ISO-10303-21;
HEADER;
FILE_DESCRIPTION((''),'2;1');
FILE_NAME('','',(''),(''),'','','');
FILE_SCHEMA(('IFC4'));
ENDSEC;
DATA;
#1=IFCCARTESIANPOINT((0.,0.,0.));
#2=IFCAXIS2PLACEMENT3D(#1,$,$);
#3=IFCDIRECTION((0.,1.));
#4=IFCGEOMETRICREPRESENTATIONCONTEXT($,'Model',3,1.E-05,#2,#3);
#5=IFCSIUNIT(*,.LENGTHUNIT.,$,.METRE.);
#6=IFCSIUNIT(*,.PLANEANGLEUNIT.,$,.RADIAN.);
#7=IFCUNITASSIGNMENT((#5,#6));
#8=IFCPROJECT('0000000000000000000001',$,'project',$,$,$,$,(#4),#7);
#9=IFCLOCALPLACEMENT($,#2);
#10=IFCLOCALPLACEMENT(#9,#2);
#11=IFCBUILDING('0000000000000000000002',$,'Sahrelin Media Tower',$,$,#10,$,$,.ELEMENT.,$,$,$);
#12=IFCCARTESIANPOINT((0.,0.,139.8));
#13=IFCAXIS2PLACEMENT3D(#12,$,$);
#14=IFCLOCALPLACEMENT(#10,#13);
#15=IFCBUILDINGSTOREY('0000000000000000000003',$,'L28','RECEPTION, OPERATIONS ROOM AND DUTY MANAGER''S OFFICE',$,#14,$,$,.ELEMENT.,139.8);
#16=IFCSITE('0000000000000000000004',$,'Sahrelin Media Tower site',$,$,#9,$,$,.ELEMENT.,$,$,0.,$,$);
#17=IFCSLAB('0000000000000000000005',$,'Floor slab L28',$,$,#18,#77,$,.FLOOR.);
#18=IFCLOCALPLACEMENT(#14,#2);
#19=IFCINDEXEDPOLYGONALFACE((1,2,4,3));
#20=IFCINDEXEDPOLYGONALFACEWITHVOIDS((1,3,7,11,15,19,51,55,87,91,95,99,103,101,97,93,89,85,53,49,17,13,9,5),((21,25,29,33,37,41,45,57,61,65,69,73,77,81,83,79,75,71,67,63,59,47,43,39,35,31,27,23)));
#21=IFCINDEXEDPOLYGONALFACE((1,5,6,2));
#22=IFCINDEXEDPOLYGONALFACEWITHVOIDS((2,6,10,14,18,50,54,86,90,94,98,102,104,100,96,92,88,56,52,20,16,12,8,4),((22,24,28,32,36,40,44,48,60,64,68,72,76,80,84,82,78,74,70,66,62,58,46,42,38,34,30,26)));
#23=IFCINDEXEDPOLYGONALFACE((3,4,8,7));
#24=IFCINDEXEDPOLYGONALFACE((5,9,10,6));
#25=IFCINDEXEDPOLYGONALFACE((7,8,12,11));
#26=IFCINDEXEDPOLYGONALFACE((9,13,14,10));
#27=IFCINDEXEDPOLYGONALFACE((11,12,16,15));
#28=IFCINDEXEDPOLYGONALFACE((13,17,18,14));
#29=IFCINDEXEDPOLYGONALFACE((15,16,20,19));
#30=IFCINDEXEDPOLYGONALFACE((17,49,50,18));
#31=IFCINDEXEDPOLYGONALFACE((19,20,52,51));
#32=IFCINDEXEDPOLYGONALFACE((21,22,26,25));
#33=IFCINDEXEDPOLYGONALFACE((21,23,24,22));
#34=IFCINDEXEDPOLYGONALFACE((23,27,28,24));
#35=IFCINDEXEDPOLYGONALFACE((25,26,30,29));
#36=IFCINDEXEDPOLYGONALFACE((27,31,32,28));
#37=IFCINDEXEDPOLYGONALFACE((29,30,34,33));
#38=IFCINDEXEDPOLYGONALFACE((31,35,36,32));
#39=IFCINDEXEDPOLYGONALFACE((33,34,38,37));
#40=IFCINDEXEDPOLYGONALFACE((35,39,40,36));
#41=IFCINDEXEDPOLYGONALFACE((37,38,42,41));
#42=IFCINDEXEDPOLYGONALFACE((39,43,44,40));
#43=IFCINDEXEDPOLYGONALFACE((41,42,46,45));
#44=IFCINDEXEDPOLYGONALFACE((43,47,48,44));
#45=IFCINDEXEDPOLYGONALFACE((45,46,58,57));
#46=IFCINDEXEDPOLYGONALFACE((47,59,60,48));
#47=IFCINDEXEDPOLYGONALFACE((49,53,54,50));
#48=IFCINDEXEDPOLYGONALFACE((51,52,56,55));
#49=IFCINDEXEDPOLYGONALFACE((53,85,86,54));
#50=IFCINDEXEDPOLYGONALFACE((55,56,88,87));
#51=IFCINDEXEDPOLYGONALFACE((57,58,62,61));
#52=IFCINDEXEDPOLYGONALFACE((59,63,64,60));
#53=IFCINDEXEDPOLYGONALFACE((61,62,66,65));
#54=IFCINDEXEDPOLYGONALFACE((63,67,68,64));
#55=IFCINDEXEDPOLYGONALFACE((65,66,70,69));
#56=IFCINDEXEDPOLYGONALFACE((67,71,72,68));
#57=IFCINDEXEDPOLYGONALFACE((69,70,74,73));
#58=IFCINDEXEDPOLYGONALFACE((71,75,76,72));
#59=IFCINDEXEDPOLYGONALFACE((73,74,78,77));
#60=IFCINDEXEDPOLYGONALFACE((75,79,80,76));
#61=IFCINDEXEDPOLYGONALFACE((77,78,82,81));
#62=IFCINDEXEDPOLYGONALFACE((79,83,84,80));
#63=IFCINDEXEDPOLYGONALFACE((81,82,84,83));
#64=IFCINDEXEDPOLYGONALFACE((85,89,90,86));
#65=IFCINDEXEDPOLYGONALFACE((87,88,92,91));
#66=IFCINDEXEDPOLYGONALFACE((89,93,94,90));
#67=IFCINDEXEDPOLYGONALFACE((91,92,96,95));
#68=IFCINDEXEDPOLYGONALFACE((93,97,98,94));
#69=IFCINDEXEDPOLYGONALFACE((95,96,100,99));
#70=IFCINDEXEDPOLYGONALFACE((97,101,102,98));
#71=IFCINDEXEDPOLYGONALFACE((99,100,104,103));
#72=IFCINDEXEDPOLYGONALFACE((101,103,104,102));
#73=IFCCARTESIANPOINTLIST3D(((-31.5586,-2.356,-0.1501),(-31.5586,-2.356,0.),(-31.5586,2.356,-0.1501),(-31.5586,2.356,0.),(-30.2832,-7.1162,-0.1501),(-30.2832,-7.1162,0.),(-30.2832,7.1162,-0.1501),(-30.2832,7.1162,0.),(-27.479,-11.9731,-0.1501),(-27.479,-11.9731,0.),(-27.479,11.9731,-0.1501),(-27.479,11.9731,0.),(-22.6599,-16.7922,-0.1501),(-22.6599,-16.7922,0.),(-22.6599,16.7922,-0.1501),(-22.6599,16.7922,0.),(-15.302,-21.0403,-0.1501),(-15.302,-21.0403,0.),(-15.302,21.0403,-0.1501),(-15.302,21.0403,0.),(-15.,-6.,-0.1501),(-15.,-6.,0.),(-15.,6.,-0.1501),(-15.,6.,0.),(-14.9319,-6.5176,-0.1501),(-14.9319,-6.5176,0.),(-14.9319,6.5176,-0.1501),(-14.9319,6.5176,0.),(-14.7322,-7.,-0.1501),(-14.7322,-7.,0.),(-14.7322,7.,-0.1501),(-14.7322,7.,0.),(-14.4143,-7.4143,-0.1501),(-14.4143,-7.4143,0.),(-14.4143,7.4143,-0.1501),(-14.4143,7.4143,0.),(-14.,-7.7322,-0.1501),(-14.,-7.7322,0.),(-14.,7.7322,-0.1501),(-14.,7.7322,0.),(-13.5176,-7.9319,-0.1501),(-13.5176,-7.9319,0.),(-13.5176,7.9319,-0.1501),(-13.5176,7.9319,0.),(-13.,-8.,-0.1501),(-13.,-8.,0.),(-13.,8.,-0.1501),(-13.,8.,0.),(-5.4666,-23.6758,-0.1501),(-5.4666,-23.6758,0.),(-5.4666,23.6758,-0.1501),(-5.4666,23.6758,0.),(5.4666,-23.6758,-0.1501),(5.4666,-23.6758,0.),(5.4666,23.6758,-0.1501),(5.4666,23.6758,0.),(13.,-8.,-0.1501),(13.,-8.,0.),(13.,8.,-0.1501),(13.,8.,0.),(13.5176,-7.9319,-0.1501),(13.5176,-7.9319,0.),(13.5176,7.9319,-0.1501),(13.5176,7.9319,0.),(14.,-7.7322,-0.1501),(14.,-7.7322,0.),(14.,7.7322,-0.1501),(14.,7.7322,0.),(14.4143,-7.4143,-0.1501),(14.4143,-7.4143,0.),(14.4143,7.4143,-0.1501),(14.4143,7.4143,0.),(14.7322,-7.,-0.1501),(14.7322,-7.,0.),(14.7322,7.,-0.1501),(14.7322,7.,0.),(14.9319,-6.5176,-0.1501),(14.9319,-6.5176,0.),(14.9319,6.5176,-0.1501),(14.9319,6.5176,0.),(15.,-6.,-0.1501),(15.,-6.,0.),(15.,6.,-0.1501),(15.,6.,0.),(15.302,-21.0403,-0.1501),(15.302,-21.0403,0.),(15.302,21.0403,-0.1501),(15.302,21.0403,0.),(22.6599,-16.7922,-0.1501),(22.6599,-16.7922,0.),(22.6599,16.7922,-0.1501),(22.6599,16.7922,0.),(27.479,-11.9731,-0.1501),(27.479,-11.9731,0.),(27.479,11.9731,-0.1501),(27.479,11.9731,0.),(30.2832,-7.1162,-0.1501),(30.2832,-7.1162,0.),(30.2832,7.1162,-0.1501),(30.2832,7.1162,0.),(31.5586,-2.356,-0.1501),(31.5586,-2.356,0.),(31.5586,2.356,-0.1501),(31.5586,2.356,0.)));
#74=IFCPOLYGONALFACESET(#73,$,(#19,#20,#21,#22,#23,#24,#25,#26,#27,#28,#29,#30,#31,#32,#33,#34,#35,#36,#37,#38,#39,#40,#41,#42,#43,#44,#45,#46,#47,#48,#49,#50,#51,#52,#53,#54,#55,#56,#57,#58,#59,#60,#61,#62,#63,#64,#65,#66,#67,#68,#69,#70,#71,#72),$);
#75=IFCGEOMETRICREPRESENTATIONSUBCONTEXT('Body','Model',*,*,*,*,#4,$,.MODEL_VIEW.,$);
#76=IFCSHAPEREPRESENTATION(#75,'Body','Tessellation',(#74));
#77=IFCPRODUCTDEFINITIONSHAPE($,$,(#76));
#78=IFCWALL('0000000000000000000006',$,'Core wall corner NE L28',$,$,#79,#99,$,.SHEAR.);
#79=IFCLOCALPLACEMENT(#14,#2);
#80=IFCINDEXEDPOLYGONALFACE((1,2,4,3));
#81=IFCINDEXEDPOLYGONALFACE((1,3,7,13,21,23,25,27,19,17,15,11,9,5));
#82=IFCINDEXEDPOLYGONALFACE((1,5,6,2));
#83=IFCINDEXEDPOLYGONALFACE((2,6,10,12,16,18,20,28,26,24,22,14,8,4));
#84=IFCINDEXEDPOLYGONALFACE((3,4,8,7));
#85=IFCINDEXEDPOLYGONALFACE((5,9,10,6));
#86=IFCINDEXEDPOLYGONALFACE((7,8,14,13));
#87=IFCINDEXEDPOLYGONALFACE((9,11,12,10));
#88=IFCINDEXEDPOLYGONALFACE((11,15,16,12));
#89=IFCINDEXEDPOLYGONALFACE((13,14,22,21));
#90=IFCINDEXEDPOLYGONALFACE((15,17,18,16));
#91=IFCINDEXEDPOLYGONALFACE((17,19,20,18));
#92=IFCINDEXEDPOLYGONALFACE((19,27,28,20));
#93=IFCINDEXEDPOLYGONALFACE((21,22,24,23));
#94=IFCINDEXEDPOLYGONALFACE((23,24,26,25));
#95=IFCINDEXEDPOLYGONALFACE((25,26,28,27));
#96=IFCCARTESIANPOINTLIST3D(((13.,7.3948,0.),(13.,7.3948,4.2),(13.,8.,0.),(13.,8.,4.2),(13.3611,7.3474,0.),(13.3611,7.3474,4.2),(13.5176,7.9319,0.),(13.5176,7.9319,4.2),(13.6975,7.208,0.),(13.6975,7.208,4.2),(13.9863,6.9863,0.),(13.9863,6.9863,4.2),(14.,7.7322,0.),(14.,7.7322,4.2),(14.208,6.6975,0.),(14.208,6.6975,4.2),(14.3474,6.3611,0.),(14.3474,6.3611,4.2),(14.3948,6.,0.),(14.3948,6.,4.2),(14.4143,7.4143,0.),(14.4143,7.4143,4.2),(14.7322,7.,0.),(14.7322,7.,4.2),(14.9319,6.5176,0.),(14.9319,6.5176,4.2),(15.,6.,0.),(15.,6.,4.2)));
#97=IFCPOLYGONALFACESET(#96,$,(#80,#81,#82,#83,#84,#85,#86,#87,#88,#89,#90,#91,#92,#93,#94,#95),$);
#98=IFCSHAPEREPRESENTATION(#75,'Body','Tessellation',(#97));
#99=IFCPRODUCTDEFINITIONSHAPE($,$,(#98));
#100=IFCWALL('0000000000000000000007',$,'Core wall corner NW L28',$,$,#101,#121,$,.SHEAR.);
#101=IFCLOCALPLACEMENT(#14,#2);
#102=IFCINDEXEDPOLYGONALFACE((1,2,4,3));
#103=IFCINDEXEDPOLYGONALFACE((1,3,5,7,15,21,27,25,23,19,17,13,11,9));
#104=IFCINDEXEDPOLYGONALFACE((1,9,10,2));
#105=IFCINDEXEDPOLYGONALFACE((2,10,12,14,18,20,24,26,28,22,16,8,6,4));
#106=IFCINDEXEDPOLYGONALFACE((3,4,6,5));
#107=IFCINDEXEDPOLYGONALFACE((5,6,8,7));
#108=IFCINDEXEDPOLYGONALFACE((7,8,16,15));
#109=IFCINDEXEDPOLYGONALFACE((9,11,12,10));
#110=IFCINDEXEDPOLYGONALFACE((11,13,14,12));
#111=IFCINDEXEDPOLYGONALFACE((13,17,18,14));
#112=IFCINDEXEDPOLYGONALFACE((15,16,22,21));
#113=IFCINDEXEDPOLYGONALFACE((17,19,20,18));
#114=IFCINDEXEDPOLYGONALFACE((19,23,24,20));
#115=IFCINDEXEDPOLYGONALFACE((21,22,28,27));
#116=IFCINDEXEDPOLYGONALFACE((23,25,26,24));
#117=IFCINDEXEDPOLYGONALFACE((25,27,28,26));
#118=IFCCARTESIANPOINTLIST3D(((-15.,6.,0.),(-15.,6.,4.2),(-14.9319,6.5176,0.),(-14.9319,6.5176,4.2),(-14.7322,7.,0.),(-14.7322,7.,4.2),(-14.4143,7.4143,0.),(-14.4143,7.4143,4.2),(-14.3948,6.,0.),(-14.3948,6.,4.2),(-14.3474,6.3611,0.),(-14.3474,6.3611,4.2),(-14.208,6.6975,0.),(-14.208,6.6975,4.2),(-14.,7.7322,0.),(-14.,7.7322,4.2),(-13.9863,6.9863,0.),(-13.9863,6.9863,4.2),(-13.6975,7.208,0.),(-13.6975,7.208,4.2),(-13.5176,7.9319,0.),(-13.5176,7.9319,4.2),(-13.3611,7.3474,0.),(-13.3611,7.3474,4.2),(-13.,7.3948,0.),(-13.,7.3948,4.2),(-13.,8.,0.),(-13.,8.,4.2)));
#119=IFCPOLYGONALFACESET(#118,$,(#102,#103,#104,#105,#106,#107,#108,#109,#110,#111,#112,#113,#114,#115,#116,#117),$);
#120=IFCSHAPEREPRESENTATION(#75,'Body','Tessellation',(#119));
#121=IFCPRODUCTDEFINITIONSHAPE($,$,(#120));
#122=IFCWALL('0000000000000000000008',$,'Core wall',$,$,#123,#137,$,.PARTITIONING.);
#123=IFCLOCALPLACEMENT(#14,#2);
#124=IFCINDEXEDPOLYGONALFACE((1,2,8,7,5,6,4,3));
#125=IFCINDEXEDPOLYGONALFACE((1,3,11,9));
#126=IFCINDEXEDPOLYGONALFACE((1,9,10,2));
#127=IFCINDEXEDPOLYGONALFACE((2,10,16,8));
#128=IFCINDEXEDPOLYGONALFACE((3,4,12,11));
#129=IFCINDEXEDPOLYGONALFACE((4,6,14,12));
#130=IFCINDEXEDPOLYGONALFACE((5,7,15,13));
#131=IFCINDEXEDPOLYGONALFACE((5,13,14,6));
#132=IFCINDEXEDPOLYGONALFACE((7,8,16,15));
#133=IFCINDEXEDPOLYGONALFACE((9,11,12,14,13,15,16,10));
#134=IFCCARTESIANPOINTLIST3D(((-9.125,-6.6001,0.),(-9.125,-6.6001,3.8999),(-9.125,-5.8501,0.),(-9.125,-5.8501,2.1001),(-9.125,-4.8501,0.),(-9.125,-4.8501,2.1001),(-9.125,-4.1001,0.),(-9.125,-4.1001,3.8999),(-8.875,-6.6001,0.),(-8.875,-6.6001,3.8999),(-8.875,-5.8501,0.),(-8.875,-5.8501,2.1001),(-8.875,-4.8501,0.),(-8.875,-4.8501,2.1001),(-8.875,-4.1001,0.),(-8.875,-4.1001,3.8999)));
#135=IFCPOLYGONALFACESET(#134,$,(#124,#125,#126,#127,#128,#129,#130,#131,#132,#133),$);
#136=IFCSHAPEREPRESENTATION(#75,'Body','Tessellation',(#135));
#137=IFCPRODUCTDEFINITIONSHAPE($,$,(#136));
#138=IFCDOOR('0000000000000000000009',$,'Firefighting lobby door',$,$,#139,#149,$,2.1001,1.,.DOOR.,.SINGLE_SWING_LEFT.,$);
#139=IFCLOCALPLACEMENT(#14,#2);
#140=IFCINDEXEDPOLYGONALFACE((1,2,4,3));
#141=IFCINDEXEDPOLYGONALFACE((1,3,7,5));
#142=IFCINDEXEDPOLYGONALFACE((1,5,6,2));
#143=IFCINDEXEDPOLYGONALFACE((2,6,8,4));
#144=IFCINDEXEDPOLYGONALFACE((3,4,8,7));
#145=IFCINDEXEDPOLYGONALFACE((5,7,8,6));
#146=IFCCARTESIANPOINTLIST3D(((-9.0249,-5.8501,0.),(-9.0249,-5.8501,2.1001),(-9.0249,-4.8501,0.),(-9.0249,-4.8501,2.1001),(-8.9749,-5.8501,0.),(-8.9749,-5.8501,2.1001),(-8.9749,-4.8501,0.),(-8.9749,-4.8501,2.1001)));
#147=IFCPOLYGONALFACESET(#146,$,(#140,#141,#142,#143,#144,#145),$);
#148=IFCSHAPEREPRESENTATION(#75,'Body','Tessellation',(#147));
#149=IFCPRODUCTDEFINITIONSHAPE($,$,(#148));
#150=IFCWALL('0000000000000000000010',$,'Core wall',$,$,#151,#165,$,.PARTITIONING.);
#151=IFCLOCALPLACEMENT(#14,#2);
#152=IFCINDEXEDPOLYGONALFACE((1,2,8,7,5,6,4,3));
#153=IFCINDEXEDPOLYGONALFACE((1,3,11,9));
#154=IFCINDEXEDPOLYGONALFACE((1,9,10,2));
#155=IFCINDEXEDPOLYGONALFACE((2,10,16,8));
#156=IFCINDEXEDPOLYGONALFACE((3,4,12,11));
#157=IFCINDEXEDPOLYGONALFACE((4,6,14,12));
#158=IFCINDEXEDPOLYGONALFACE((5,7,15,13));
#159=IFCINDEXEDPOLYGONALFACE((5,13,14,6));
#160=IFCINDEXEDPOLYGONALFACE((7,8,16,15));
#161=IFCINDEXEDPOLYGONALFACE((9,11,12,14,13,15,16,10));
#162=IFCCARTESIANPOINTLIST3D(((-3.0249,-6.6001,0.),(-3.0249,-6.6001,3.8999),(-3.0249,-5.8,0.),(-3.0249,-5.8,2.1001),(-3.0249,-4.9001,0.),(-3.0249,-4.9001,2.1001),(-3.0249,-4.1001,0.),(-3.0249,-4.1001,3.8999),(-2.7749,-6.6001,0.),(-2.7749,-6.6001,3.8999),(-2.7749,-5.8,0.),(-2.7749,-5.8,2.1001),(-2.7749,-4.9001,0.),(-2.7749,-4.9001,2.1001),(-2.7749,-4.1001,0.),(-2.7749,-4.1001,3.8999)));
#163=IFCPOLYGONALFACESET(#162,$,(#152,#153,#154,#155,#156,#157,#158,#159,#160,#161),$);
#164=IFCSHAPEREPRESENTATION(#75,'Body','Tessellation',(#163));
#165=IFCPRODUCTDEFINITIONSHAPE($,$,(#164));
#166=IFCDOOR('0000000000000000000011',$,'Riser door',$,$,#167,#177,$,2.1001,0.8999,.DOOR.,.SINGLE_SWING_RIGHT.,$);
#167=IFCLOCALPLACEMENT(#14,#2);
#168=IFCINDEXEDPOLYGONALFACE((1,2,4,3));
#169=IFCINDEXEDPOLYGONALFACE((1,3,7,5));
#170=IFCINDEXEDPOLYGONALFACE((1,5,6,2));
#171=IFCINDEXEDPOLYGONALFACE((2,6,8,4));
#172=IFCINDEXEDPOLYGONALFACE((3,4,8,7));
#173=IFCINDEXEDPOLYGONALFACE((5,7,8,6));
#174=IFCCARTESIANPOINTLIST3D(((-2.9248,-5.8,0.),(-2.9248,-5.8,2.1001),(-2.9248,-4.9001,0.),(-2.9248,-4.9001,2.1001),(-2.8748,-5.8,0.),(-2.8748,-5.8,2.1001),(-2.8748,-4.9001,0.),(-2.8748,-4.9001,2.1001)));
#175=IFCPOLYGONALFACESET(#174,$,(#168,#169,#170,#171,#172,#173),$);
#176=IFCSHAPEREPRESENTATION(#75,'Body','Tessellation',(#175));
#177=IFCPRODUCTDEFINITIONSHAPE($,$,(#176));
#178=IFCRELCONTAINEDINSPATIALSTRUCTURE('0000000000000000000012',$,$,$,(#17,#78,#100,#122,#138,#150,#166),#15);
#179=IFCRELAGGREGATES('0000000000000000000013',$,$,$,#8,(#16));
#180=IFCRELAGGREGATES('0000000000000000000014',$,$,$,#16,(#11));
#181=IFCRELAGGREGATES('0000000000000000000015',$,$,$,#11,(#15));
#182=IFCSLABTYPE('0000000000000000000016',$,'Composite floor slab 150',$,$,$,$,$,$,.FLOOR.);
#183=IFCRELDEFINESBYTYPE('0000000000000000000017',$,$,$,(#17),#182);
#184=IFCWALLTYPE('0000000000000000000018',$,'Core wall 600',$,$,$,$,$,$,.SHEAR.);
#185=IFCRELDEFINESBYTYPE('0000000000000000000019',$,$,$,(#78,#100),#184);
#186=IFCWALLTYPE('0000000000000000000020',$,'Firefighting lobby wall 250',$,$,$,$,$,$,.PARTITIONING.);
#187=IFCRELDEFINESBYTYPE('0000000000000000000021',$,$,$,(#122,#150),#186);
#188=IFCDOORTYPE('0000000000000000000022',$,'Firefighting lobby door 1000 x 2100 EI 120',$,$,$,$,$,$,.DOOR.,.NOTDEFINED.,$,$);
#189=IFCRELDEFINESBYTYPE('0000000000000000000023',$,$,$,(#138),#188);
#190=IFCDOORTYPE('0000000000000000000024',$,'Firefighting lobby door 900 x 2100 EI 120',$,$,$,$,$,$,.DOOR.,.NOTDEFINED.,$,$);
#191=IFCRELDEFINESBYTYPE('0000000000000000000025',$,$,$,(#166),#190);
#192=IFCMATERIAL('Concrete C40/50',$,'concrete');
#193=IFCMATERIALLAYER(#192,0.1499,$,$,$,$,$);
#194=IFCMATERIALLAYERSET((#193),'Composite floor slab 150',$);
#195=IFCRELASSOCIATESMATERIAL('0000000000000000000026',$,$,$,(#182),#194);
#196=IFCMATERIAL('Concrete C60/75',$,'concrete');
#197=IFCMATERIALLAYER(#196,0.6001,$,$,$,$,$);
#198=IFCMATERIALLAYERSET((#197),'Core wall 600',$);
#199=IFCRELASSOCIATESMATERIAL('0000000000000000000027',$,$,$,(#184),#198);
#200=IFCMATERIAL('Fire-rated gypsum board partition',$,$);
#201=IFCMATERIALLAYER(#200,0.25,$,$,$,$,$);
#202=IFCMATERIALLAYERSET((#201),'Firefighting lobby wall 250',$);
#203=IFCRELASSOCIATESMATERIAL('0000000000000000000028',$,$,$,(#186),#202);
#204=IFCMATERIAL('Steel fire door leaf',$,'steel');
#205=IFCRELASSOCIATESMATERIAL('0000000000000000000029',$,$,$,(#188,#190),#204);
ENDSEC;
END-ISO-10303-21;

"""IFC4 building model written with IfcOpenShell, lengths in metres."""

from ifc_helpers import new_model, si_unit, direction, frame, frame_2d, origin, place, context, subcontext, project, spatial, polyline, rectangle, outline, extrude, material, layer, layer_set, type_object, element, fill, save


model = new_model("IFC4")

# Units and contexts
model_context = context("Model", 3, precision=1e-05, world=origin(), true_north=direction((0.0, 1.0)))
body_context = subcontext(model_context, "Body", "Model", "MODEL_VIEW")
ifc_project = project(units=[si_unit("LENGTHUNIT", "METRE"), si_unit("PLANEANGLEUNIT", "RADIAN")], contexts=[model_context])

# Site, building, storey
site_placement = place(None, origin())
site = spatial("IfcSite", under=ifc_project, at=site_placement, Name="Sahrelin Media Tower site", CompositionType="ELEMENT", RefElevation=0.0)
building_placement = place(site_placement, origin())
building = spatial("IfcBuilding", under=site, at=building_placement, Name="Sahrelin Media Tower", CompositionType="ELEMENT")
storey_placement = place(building_placement, frame((0.0, 0.0, 139.8)))
storey = spatial("IfcBuildingStorey", under=building, at=storey_placement, Name="L28", Description="RECEPTION, OPERATIONS ROOM AND DUTY MANAGER'S OFFICE", CompositionType="ELEMENT", Elevation=139.8)

# Slab
ifc_material_1 = material(Name="Concrete C40/50", Category="concrete")
ifc_layer_1 = layer(ifc_material_1, 0.1499)
ifc_layer_set_1 = layer_set([ifc_layer_1], Name="Composite floor slab 150")
slab_type = type_object("IfcSlabType", Name="Composite floor slab 150", PredefinedType="FLOOR", material=ifc_layer_set_1)
slab_placement = place(storey_placement, frame((0.0, 0.0, -0.1501)))
element("IfcSlab", 1, at=slab_placement, inside=storey, type_object=slab_type, Name="Floor slab L28", PredefinedType="FLOOR", context=body_context, shape_type="SweptSolid", body=[
    extrude(outline(polyline([(31.5586, -2.356), (31.5586, 2.356), (30.2832, 7.1162), (27.479, 11.9731), (22.6599, 16.7922), (15.302, 21.0403), (5.4666, 23.6758), (-5.4666, 23.6758), (-15.302, 21.0403), (-22.6599, 16.7922), (-27.479, 11.9731), (-30.2832, 7.1162), (-31.5586, 2.356), (-31.5586, -2.356), (-30.2832, -7.1162), (-27.479, -11.9731), (-22.6599, -16.7922), (-15.302, -21.0403), (-5.4666, -23.6758), (5.4666, -23.6758), (15.302, -21.0403), (22.6599, -16.7922), (27.479, -11.9731), (30.2832, -7.1162), (31.5586, -2.356)]), holes=[polyline([(14.9319, 6.5176), (15.0, 6.0), (15.0, -6.0), (14.9319, -6.5176), (14.7322, -7.0), (14.4143, -7.4143), (14.0, -7.7322), (13.5176, -7.9319), (13.0, -8.0), (-13.0, -8.0), (-13.5176, -7.9319), (-14.0, -7.7322), (-14.4143, -7.4143), (-14.7322, -7.0), (-14.9319, -6.5176), (-15.0, -6.0), (-15.0, 6.0), (-14.9319, 6.5176), (-14.7322, 7.0), (-14.4143, 7.4143), (-14.0, 7.7322), (-13.5176, 7.9319), (-13.0, 8.0), (13.0, 8.0), (13.5176, 7.9319), (14.0, 7.7322), (14.4143, 7.4143), (14.7322, 7.0), (14.9319, 6.5176)])]), origin(), (0.0, 0.0, 1.0), 0.1501),
])

# Walls
ifc_material_2 = material(Name="Concrete C60/75", Category="concrete")
ifc_layer_2 = layer(ifc_material_2, 0.6001)
ifc_layer_set_2 = layer_set([ifc_layer_2], Name="Core wall 600")
wall_type_1 = type_object("IfcWallType", Name="Core wall 600", PredefinedType="SHEAR", material=ifc_layer_set_2)
placement = place(storey_placement, origin())
element("IfcWall", 2, at=placement, inside=storey, type_object=wall_type_1, Name="Core wall corner NE L28", PredefinedType="SHEAR", context=body_context, shape_type="SweptSolid", body=[
    extrude(outline(polyline([(13.0, 8.0), (13.0, 7.3948), (13.3611, 7.3474), (13.6975, 7.208), (13.9863, 6.9863), (14.208, 6.6975), (14.3474, 6.3611), (14.3948, 6.0), (15.0, 6.0), (14.9319, 6.5176), (14.7322, 7.0), (14.4143, 7.4143), (14.0, 7.7322), (13.5176, 7.9319), (13.0, 8.0)])), origin(), (0.0, 0.0, 1.0), 4.2),
])
element("IfcWall", 3, at=placement, inside=storey, type_object=wall_type_1, Name="Core wall corner NW L28", PredefinedType="SHEAR", context=body_context, shape_type="SweptSolid", body=[
    extrude(outline(polyline([(-15.0, 6.0), (-14.3948, 6.0), (-14.3474, 6.3611), (-14.208, 6.6975), (-13.9863, 6.9863), (-13.6975, 7.208), (-13.3611, 7.3474), (-13.0, 7.3948), (-13.0, 8.0), (-13.5176, 7.9319), (-14.0, 7.7322), (-14.4143, 7.4143), (-14.7322, 7.0), (-14.9319, 6.5176), (-15.0, 6.0)])), origin(), (0.0, 0.0, 1.0), 4.2),
])

# Walls, openings, doors
ifc_material_3 = material(Name="Fire-rated gypsum board partition")
ifc_layer_3 = layer(ifc_material_3, 0.25)
ifc_layer_set_3 = layer_set([ifc_layer_3], Name="Firefighting lobby wall 250")
wall_type_2 = type_object("IfcWallType", Name="Firefighting lobby wall 250", PredefinedType="PARTITIONING", material=ifc_layer_set_3)
wall_1_placement = place(storey_placement, frame((-9.0, -6.6001, 0.0), z_axis=(0.0, 0.0, 1.0), x_axis=(0.0, 1.0, 0.0)))
wall_1 = element("IfcWall", 4, at=wall_1_placement, inside=storey, type_object=wall_type_2, Name="Core wall", PredefinedType="PARTITIONING", context=body_context, shape_type="SweptSolid", body=[
    extrude(rectangle(XDim=2.5, YDim=0.25, at=frame_2d((1.25, 0.0))), origin(), (0.0, 0.0, 1.0), 3.8999),
])
opening_1_placement = place(wall_1_placement, frame((0.75, 0.0, 0.0)))
opening_1 = element("IfcOpeningElement", 5, at=opening_1_placement, cuts=wall_1, PredefinedType="OPENING", context=body_context, shape_type="SweptSolid", body=[
    extrude(rectangle(XDim=1.0, YDim=2.1001, at=frame_2d((0.5, 1.05))), frame((0.0, 0.125, 0.0), z_axis=(0.0, -1.0, 0.0), x_axis=(1.0, 0.0, 0.0)), (0.0, 0.0, 1.0), 0.25),
])
ifc_material_4 = material(Name="Steel fire door leaf", Category="steel")
door_type_1 = type_object("IfcDoorType", Name="Firefighting lobby door 1000 x 2100 EI 120", OperationType="NOTDEFINED", PredefinedType="DOOR", material=ifc_material_4)
door_1_placement = place(opening_1_placement, origin())
door_1 = element("IfcDoor", 6, at=door_1_placement, inside=storey, type_object=door_type_1, Name="Firefighting lobby door", OperationType="SINGLE_SWING_LEFT", OverallHeight=2.1001, OverallWidth=1.0, PredefinedType="DOOR", context=body_context, shape_type="SweptSolid", body=[
    extrude(rectangle(XDim=1.0, YDim=2.1001, at=frame_2d((0.5, 1.05))), frame((0.0, 0.0249, 0.0), z_axis=(0.0, -1.0, 0.0), x_axis=(1.0, 0.0, 0.0)), (0.0, 0.0, 1.0), 0.05),
])
fill(opening_1, door_1)
wall_2_placement = place(storey_placement, frame((-2.8999, -6.6001, 0.0), z_axis=(0.0, 0.0, 1.0), x_axis=(0.0, 1.0, 0.0)))
wall_2 = element("IfcWall", 7, at=wall_2_placement, inside=storey, type_object=wall_type_2, Name="Core wall", PredefinedType="PARTITIONING", context=body_context, shape_type="SweptSolid", body=[
    extrude(rectangle(XDim=2.5, YDim=0.25, at=frame_2d((1.25, 0.0))), origin(), (0.0, 0.0, 1.0), 3.8999),
])
opening_2_placement = place(wall_2_placement, frame((0.8, 0.0, 0.0)))
opening_2 = element("IfcOpeningElement", 8, at=opening_2_placement, cuts=wall_2, PredefinedType="OPENING", context=body_context, shape_type="SweptSolid", body=[
    extrude(rectangle(XDim=0.8999, YDim=2.1001, at=frame_2d((0.45, 1.05))), frame((0.0, 0.125, 0.0), z_axis=(0.0, -1.0, 0.0), x_axis=(1.0, 0.0, 0.0)), (0.0, 0.0, 1.0), 0.25),
])
door_type_2 = type_object("IfcDoorType", Name="Firefighting lobby door 900 x 2100 EI 120", OperationType="NOTDEFINED", PredefinedType="DOOR", material=ifc_material_4)
door_2_placement = place(opening_2_placement, origin())
door_2 = element("IfcDoor", 9, at=door_2_placement, inside=storey, type_object=door_type_2, Name="Riser door", OperationType="SINGLE_SWING_RIGHT", OverallHeight=2.1001, OverallWidth=0.8999, PredefinedType="DOOR", context=body_context, shape_type="SweptSolid", body=[
    extrude(rectangle(XDim=0.8999, YDim=2.1001, at=frame_2d((0.45, 1.05))), frame((0.0, 0.0249, 0.0), z_axis=(0.0, -1.0, 0.0), x_axis=(1.0, 0.0, 0.0)), (0.0, 0.0, 1.0), 0.05),
])
fill(opening_2, door_2)

save(model, "model.ifc")
